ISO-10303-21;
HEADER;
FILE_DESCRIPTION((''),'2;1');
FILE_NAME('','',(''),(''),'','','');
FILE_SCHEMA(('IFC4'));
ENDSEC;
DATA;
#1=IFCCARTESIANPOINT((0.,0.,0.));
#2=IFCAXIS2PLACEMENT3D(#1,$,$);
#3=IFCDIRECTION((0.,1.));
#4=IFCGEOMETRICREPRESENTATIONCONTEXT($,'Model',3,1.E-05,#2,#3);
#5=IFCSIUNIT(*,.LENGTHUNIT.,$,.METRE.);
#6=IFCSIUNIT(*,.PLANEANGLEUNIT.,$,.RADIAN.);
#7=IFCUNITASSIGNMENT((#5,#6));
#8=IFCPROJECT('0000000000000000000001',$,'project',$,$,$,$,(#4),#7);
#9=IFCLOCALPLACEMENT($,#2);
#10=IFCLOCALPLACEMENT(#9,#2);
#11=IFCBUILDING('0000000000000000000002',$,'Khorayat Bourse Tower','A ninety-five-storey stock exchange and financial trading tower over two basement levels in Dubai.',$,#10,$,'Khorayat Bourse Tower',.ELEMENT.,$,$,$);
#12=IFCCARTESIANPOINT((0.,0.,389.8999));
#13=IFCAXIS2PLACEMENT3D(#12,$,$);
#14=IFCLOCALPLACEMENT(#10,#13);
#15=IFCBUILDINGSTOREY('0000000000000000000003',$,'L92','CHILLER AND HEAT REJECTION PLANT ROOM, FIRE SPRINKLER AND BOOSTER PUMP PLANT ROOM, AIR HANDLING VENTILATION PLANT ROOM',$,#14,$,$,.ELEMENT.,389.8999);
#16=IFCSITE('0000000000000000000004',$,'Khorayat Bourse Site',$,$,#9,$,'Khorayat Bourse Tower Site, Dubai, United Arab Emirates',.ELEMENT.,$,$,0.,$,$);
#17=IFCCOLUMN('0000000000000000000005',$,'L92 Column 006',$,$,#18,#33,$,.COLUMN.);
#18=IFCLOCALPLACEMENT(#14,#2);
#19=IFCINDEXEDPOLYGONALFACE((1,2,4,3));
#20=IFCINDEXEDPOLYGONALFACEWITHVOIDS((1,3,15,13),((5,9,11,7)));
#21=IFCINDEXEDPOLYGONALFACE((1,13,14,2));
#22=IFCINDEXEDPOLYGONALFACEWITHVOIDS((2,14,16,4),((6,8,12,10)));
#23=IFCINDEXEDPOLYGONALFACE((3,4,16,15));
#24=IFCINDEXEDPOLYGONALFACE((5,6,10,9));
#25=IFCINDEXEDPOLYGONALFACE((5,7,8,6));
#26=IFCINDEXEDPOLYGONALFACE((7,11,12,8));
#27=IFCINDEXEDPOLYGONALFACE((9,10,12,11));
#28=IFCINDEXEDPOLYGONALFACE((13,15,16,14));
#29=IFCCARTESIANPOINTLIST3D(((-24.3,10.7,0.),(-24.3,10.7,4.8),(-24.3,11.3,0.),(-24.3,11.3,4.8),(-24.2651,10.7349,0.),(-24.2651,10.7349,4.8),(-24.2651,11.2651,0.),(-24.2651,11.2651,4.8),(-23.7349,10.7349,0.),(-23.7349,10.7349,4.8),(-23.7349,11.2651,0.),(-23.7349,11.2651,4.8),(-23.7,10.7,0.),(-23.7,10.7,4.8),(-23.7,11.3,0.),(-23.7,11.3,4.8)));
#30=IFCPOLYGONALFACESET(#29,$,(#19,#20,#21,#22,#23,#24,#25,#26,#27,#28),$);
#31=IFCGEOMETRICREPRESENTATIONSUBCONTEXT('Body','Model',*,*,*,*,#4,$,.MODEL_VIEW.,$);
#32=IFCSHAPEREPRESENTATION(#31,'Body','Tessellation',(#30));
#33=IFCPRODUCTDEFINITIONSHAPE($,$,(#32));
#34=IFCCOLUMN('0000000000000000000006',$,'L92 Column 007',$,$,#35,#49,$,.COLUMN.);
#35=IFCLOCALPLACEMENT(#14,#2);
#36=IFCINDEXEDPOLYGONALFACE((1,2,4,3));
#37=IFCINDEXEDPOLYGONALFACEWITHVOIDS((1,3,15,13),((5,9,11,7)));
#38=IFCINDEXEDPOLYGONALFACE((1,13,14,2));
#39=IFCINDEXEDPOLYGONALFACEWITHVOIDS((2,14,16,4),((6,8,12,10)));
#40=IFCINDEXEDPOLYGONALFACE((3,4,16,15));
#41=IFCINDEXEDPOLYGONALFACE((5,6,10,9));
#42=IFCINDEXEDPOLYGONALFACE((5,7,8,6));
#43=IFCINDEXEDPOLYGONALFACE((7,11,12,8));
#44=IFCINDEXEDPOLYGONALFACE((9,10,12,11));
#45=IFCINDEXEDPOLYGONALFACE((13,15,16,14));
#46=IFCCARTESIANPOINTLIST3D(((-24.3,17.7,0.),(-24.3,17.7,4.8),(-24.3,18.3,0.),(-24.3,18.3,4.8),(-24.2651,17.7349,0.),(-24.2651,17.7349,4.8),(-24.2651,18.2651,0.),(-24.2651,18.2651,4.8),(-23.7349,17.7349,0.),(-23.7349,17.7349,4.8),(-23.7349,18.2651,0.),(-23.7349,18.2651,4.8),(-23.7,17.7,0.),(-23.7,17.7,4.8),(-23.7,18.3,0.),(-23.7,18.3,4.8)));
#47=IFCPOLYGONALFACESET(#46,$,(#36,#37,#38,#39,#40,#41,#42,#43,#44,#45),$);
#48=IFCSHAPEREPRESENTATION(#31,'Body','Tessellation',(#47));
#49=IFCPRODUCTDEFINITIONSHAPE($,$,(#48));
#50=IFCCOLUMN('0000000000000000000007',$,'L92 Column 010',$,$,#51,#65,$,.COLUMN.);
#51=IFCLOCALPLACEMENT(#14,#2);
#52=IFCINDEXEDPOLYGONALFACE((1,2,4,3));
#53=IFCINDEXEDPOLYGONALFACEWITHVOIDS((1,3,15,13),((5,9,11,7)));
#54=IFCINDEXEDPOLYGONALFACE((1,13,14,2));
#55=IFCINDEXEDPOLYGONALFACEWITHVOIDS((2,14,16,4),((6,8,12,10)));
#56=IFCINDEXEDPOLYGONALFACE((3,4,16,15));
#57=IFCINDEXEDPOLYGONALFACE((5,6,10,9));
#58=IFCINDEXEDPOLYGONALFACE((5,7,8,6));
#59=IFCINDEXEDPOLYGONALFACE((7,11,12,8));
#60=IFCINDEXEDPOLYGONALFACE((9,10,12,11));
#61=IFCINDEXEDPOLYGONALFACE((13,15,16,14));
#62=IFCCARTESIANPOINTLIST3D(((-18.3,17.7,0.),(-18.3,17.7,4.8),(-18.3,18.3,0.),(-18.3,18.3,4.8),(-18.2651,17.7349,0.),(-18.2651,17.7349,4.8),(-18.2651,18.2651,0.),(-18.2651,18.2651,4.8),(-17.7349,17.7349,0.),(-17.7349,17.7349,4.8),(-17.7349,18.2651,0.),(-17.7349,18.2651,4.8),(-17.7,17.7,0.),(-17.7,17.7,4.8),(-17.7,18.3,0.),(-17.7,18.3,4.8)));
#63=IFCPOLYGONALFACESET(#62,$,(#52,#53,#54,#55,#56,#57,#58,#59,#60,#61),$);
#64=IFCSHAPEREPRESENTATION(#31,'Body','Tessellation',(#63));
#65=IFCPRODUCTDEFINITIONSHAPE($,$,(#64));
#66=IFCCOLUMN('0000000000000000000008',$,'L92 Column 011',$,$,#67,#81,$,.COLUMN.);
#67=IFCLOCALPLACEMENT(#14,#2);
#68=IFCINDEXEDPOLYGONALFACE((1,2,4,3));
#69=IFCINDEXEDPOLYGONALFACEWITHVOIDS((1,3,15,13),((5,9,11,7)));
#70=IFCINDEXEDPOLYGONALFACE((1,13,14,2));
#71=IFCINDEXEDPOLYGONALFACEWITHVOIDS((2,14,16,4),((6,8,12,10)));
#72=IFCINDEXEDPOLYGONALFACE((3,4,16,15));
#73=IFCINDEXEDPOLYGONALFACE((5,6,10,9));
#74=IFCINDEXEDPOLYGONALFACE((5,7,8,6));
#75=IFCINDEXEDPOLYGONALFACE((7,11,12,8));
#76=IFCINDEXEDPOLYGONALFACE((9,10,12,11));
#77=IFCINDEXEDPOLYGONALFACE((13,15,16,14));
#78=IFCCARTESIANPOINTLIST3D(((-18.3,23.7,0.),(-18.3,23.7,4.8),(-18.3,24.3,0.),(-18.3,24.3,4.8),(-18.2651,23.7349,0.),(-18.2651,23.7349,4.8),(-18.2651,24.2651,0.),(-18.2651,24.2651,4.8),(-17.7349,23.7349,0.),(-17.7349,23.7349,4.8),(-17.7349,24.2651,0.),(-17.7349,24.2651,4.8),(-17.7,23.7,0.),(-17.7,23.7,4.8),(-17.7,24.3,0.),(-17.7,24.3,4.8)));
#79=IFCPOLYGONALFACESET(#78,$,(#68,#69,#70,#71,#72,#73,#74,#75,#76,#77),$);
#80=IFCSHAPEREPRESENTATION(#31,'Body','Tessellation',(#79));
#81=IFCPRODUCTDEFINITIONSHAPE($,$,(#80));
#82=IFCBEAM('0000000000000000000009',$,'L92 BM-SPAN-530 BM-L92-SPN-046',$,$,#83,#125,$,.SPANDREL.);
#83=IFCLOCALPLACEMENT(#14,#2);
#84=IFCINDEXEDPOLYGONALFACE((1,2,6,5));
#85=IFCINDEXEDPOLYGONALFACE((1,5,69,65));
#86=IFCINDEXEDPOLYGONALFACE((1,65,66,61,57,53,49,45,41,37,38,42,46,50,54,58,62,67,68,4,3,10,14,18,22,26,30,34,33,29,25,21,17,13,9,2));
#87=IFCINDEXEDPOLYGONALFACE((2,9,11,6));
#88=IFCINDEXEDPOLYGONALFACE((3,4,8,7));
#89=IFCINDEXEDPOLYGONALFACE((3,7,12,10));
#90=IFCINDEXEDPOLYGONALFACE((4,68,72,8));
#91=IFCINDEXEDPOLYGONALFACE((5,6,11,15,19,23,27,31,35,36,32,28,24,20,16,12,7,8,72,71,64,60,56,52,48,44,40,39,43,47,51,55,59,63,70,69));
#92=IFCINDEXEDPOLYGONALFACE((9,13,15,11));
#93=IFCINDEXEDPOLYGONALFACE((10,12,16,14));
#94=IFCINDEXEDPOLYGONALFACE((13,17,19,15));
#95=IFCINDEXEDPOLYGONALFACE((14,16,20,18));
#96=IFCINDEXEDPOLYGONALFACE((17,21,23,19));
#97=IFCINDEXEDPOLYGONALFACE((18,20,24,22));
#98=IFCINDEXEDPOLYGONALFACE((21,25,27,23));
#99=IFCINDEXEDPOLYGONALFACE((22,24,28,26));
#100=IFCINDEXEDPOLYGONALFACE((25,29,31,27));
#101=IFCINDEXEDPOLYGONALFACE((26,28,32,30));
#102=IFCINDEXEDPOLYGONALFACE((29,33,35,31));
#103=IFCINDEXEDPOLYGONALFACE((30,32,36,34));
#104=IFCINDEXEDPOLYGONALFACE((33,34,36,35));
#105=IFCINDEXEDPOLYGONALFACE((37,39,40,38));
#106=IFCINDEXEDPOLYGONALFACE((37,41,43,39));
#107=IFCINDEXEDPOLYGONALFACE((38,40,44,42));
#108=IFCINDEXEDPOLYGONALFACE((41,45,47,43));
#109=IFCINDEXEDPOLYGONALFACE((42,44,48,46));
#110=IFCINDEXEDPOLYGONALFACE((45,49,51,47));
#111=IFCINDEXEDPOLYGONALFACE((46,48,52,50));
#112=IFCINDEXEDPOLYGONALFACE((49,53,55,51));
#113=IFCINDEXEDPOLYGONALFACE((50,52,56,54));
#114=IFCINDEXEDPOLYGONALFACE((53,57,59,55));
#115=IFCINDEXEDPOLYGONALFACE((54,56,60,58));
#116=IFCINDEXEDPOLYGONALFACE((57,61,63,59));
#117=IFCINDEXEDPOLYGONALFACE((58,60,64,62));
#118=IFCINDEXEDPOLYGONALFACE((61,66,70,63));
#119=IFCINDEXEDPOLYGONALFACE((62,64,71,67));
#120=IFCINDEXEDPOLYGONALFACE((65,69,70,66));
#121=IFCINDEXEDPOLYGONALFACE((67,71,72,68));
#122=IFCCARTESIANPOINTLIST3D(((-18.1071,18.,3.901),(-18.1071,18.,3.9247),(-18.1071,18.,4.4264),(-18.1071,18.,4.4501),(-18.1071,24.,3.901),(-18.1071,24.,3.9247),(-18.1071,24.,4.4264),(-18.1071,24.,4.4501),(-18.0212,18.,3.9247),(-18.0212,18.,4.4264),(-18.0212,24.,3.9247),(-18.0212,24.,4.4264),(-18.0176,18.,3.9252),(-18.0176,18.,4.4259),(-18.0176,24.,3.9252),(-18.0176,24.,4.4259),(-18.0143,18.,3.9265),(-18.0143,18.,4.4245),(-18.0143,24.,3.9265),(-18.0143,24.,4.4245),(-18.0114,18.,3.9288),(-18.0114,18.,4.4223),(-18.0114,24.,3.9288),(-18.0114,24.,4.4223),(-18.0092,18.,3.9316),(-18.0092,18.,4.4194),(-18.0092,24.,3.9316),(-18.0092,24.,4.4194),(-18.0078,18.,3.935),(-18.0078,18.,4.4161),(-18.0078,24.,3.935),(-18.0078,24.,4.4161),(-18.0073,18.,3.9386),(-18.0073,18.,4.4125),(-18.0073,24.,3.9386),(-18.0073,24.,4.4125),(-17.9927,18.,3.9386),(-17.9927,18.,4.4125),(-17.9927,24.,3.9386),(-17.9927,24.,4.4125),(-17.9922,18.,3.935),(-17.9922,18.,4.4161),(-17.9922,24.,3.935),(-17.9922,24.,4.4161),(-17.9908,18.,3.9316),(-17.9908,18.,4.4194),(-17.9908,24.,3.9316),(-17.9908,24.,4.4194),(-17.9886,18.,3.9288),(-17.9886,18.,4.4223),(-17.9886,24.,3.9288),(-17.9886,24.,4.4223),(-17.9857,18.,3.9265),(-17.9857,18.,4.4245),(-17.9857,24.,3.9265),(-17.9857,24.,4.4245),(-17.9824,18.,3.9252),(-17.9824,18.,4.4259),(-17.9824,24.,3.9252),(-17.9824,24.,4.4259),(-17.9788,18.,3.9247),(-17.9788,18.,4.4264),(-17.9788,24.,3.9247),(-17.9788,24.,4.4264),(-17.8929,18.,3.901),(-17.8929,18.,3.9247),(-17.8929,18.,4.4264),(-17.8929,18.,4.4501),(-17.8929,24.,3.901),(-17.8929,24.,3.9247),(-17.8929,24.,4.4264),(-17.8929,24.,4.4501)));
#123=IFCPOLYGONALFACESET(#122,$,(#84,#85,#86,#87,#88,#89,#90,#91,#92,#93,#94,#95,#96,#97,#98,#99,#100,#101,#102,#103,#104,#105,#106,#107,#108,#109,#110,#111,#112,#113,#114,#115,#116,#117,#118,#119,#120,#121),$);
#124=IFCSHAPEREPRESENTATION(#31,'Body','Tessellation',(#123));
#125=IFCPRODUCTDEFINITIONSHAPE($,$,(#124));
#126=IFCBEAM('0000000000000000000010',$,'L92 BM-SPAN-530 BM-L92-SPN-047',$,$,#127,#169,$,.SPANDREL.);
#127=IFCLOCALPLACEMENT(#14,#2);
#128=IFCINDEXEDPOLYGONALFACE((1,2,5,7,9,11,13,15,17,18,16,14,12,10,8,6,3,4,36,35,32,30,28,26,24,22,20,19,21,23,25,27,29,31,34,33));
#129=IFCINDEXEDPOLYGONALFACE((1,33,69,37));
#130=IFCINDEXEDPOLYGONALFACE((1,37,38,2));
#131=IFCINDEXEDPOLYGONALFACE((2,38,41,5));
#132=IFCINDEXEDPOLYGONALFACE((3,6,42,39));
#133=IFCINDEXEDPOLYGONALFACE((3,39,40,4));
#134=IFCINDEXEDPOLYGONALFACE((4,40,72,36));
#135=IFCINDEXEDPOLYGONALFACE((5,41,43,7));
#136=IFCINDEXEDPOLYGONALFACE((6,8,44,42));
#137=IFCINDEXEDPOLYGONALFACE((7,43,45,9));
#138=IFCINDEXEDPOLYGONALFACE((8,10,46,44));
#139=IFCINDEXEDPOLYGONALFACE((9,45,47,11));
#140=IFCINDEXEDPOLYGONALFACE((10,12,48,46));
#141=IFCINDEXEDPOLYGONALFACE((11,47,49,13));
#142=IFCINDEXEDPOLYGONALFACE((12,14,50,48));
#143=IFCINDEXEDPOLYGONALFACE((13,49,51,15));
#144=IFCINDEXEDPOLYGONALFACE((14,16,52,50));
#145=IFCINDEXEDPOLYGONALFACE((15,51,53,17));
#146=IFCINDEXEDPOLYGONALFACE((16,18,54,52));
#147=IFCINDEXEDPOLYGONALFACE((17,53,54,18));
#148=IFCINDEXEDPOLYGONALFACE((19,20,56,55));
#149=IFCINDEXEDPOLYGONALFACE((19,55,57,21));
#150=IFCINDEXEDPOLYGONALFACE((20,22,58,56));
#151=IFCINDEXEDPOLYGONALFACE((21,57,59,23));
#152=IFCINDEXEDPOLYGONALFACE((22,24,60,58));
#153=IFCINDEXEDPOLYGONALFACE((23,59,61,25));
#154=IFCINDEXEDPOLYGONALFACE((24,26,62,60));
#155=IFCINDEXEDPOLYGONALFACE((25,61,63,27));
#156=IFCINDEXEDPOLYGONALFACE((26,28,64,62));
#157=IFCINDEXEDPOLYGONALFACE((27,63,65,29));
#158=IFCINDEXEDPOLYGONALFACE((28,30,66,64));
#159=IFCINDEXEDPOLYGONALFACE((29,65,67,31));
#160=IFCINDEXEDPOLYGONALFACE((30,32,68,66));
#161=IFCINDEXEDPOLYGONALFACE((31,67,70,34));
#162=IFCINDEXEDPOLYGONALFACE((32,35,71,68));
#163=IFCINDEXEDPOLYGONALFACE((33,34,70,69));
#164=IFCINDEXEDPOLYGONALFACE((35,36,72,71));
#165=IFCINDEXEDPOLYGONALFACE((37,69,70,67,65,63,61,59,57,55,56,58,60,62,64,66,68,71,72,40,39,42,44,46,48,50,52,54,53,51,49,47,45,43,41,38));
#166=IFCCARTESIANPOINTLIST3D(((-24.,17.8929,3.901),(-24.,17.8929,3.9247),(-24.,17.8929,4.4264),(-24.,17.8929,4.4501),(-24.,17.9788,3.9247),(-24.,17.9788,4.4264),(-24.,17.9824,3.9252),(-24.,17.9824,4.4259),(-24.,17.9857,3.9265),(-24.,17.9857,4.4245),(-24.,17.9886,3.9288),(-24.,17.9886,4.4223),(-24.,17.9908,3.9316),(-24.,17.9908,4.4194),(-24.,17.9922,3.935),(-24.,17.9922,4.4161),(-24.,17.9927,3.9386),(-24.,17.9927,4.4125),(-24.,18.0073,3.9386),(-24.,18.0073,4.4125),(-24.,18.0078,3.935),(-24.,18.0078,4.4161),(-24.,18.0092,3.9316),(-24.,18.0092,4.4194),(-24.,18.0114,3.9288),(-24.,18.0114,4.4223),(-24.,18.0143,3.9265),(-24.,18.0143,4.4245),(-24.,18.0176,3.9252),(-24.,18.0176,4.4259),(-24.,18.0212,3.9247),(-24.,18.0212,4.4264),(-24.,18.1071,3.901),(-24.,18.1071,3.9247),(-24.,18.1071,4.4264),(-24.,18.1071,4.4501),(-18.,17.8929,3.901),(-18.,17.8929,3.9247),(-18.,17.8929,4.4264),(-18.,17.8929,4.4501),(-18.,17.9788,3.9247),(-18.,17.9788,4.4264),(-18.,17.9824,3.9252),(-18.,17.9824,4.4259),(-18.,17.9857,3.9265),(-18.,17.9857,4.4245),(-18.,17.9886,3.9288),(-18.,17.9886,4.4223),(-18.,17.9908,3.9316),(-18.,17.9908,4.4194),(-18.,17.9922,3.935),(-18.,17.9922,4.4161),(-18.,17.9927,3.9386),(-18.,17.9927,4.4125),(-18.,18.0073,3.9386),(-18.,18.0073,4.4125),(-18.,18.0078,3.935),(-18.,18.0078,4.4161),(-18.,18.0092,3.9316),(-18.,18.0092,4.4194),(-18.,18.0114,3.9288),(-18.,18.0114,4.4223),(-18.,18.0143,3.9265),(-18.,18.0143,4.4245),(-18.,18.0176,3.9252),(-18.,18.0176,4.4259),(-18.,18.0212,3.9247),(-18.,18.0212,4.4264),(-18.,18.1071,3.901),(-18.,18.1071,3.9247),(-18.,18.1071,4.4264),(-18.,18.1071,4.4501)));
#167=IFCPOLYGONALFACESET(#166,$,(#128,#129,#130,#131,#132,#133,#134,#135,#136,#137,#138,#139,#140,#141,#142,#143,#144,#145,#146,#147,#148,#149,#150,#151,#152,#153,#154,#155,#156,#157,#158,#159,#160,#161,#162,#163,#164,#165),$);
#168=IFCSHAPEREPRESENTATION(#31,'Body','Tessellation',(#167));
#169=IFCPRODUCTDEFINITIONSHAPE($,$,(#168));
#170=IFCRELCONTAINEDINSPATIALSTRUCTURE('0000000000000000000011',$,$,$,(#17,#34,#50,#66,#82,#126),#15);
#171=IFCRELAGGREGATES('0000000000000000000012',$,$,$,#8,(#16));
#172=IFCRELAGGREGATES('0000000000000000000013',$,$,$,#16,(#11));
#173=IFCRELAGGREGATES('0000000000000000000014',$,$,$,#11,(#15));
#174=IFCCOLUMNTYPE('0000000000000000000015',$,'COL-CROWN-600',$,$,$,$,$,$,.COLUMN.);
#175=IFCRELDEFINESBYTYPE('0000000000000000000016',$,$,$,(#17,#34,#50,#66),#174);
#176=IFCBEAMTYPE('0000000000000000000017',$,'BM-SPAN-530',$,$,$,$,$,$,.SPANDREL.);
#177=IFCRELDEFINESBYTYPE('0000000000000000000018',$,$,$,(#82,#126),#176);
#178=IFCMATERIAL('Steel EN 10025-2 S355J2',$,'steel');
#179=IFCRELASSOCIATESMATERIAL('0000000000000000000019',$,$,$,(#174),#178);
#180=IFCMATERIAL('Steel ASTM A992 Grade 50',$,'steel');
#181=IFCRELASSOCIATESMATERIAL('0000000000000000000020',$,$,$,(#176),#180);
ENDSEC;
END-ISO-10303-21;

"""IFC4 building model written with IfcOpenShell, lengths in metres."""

from ifc_helpers import new_model, si_unit, direction, frame, origin, origin_2d, place, context, subcontext, project, spatial, hollow_rectangle, i_section, extrude, source, transform, mapped, material, material_profile, profile_set, type_object, element, save


model = new_model("IFC4")

# Units and contexts
model_context = context("Model", 3, precision=1e-05, world=origin(), true_north=direction((0.0, 1.0)))
body_context = subcontext(model_context, "Body", "Model", "MODEL_VIEW")
ifc_project = project(units=[si_unit("LENGTHUNIT", "METRE"), si_unit("PLANEANGLEUNIT", "RADIAN")], contexts=[model_context])

# Site, building, storey
site_placement = place(None, origin())
site = spatial("IfcSite", under=ifc_project, at=site_placement, Name="Khorayat Bourse Site", LongName="Khorayat Bourse Tower Site, Dubai, United Arab Emirates", CompositionType="ELEMENT", RefElevation=0.0)
building_placement = place(site_placement, origin())
building = spatial("IfcBuilding", under=site, at=building_placement, Name="Khorayat Bourse Tower", Description="A ninety-five-storey stock exchange and financial trading tower over two basement levels in Dubai.", LongName="Khorayat Bourse Tower", CompositionType="ELEMENT")
storey_placement = place(building_placement, frame((0.0, 0.0, 389.8999)))
storey = spatial("IfcBuildingStorey", under=building, at=storey_placement, Name="L92", Description="CHILLER AND HEAT REJECTION PLANT ROOM, FIRE SPRINKLER AND BOOSTER PUMP PLANT ROOM, AIR HANDLING VENTILATION PLANT ROOM", CompositionType="ELEMENT", Elevation=389.8999)

# Columns
ifc_material_1 = material(Name="Steel EN 10025-2 S355J2", Category="steel")
ifc_material_profile_1 = material_profile(ifc_material_1, hollow_rectangle(XDim=0.6001, YDim=0.6001, WallThickness=0.0349, at=origin_2d()), Name="BOX 600x600x35")
ifc_profile_set_1 = profile_set([ifc_material_profile_1], Name="Steel EN 10025-2 S355J2")
column_type = type_object("IfcColumnType", Name="COL-CROWN-600", PredefinedType="COLUMN", material=ifc_profile_set_1)
shared_shape_1 = source(origin(), body_context, "Body", "SweptSolid", [
    extrude(hollow_rectangle(XDim=0.6001, YDim=0.6001, WallThickness=0.0349, at=origin_2d()), origin(), (0.0, 0.0, 1.0), 4.8),
])
for number, where, z_axis, x_axis, name in (
    (1, (-24.0, 11.0, 0.0), (0.0, 0.0, 1.0), (1.0, 0.0, 0.0), "L92 Column 006"),
    (2, (-24.0, 18.0, 0.0), (0.0, 0.0, 1.0), (1.0, 0.0, 0.0), "L92 Column 007"),
    (3, (-18.0, 18.0, 0.0), (0.0, 0.0, 1.0), (1.0, 0.0, 0.0), "L92 Column 010"),
    (4, (-18.0, 24.0, 0.0), (0.0, 0.0, 1.0), (1.0, 0.0, 0.0), "L92 Column 011"),
):
    element("IfcColumn", number, at=place(storey_placement, frame(where, z_axis=z_axis, x_axis=x_axis)), inside=storey, type_object=column_type, Name=name, PredefinedType="COLUMN", context=body_context, shape_type="MappedRepresentation", body=[
        mapped(shared_shape_1, transform((0.0, 0.0, 0.0), scale=1.0)),
    ])

# Beams
ifc_material_2 = material(Name="Steel ASTM A992 Grade 50", Category="steel")
ifc_material_profile_2 = material_profile(ifc_material_2, i_section(OverallWidth=0.2141, OverallDepth=0.5491, WebThickness=0.0146, FlangeThickness=0.0237, FilletRadius=0.0139, at=origin_2d()), Name="W530X138")
ifc_profile_set_2 = profile_set([ifc_material_profile_2], Name="Steel ASTM A992 Grade 50")
beam_type_1 = type_object("IfcBeamType", Name="BM-SPAN-530", PredefinedType="SPANDREL", material=ifc_profile_set_2)
shared_shape_2 = source(origin(), body_context, "Body", "SweptSolid", [
    extrude(i_section(OverallWidth=0.2141, OverallDepth=0.5491, WebThickness=0.0146, FlangeThickness=0.0237, FilletRadius=0.0139, at=origin_2d()), origin(), (0.0, 0.0, 1.0), 6.0),
])
for number, where, z_axis, x_axis, name in (
    (5, (-18.0, 18.0, 4.1755), (0.0, 1.0, 0.0), (-1.0, 0.0, 0.0), "L92 BM-SPAN-530 BM-L92-SPN-046"),
    (6, (-24.0, 18.0, 4.1755), (1.0, 0.0, 0.0), (0.0, 1.0, 0.0), "L92 BM-SPAN-530 BM-L92-SPN-047"),
):
    element("IfcBeam", number, at=place(storey_placement, frame(where, z_axis=z_axis, x_axis=x_axis)), inside=storey, type_object=beam_type_1, Name=name, PredefinedType="SPANDREL", context=body_context, shape_type="MappedRepresentation", body=[
        mapped(shared_shape_2, transform((0.0, 0.0, 0.0), scale=1.0)),
    ])

save(model, "model.ifc")
